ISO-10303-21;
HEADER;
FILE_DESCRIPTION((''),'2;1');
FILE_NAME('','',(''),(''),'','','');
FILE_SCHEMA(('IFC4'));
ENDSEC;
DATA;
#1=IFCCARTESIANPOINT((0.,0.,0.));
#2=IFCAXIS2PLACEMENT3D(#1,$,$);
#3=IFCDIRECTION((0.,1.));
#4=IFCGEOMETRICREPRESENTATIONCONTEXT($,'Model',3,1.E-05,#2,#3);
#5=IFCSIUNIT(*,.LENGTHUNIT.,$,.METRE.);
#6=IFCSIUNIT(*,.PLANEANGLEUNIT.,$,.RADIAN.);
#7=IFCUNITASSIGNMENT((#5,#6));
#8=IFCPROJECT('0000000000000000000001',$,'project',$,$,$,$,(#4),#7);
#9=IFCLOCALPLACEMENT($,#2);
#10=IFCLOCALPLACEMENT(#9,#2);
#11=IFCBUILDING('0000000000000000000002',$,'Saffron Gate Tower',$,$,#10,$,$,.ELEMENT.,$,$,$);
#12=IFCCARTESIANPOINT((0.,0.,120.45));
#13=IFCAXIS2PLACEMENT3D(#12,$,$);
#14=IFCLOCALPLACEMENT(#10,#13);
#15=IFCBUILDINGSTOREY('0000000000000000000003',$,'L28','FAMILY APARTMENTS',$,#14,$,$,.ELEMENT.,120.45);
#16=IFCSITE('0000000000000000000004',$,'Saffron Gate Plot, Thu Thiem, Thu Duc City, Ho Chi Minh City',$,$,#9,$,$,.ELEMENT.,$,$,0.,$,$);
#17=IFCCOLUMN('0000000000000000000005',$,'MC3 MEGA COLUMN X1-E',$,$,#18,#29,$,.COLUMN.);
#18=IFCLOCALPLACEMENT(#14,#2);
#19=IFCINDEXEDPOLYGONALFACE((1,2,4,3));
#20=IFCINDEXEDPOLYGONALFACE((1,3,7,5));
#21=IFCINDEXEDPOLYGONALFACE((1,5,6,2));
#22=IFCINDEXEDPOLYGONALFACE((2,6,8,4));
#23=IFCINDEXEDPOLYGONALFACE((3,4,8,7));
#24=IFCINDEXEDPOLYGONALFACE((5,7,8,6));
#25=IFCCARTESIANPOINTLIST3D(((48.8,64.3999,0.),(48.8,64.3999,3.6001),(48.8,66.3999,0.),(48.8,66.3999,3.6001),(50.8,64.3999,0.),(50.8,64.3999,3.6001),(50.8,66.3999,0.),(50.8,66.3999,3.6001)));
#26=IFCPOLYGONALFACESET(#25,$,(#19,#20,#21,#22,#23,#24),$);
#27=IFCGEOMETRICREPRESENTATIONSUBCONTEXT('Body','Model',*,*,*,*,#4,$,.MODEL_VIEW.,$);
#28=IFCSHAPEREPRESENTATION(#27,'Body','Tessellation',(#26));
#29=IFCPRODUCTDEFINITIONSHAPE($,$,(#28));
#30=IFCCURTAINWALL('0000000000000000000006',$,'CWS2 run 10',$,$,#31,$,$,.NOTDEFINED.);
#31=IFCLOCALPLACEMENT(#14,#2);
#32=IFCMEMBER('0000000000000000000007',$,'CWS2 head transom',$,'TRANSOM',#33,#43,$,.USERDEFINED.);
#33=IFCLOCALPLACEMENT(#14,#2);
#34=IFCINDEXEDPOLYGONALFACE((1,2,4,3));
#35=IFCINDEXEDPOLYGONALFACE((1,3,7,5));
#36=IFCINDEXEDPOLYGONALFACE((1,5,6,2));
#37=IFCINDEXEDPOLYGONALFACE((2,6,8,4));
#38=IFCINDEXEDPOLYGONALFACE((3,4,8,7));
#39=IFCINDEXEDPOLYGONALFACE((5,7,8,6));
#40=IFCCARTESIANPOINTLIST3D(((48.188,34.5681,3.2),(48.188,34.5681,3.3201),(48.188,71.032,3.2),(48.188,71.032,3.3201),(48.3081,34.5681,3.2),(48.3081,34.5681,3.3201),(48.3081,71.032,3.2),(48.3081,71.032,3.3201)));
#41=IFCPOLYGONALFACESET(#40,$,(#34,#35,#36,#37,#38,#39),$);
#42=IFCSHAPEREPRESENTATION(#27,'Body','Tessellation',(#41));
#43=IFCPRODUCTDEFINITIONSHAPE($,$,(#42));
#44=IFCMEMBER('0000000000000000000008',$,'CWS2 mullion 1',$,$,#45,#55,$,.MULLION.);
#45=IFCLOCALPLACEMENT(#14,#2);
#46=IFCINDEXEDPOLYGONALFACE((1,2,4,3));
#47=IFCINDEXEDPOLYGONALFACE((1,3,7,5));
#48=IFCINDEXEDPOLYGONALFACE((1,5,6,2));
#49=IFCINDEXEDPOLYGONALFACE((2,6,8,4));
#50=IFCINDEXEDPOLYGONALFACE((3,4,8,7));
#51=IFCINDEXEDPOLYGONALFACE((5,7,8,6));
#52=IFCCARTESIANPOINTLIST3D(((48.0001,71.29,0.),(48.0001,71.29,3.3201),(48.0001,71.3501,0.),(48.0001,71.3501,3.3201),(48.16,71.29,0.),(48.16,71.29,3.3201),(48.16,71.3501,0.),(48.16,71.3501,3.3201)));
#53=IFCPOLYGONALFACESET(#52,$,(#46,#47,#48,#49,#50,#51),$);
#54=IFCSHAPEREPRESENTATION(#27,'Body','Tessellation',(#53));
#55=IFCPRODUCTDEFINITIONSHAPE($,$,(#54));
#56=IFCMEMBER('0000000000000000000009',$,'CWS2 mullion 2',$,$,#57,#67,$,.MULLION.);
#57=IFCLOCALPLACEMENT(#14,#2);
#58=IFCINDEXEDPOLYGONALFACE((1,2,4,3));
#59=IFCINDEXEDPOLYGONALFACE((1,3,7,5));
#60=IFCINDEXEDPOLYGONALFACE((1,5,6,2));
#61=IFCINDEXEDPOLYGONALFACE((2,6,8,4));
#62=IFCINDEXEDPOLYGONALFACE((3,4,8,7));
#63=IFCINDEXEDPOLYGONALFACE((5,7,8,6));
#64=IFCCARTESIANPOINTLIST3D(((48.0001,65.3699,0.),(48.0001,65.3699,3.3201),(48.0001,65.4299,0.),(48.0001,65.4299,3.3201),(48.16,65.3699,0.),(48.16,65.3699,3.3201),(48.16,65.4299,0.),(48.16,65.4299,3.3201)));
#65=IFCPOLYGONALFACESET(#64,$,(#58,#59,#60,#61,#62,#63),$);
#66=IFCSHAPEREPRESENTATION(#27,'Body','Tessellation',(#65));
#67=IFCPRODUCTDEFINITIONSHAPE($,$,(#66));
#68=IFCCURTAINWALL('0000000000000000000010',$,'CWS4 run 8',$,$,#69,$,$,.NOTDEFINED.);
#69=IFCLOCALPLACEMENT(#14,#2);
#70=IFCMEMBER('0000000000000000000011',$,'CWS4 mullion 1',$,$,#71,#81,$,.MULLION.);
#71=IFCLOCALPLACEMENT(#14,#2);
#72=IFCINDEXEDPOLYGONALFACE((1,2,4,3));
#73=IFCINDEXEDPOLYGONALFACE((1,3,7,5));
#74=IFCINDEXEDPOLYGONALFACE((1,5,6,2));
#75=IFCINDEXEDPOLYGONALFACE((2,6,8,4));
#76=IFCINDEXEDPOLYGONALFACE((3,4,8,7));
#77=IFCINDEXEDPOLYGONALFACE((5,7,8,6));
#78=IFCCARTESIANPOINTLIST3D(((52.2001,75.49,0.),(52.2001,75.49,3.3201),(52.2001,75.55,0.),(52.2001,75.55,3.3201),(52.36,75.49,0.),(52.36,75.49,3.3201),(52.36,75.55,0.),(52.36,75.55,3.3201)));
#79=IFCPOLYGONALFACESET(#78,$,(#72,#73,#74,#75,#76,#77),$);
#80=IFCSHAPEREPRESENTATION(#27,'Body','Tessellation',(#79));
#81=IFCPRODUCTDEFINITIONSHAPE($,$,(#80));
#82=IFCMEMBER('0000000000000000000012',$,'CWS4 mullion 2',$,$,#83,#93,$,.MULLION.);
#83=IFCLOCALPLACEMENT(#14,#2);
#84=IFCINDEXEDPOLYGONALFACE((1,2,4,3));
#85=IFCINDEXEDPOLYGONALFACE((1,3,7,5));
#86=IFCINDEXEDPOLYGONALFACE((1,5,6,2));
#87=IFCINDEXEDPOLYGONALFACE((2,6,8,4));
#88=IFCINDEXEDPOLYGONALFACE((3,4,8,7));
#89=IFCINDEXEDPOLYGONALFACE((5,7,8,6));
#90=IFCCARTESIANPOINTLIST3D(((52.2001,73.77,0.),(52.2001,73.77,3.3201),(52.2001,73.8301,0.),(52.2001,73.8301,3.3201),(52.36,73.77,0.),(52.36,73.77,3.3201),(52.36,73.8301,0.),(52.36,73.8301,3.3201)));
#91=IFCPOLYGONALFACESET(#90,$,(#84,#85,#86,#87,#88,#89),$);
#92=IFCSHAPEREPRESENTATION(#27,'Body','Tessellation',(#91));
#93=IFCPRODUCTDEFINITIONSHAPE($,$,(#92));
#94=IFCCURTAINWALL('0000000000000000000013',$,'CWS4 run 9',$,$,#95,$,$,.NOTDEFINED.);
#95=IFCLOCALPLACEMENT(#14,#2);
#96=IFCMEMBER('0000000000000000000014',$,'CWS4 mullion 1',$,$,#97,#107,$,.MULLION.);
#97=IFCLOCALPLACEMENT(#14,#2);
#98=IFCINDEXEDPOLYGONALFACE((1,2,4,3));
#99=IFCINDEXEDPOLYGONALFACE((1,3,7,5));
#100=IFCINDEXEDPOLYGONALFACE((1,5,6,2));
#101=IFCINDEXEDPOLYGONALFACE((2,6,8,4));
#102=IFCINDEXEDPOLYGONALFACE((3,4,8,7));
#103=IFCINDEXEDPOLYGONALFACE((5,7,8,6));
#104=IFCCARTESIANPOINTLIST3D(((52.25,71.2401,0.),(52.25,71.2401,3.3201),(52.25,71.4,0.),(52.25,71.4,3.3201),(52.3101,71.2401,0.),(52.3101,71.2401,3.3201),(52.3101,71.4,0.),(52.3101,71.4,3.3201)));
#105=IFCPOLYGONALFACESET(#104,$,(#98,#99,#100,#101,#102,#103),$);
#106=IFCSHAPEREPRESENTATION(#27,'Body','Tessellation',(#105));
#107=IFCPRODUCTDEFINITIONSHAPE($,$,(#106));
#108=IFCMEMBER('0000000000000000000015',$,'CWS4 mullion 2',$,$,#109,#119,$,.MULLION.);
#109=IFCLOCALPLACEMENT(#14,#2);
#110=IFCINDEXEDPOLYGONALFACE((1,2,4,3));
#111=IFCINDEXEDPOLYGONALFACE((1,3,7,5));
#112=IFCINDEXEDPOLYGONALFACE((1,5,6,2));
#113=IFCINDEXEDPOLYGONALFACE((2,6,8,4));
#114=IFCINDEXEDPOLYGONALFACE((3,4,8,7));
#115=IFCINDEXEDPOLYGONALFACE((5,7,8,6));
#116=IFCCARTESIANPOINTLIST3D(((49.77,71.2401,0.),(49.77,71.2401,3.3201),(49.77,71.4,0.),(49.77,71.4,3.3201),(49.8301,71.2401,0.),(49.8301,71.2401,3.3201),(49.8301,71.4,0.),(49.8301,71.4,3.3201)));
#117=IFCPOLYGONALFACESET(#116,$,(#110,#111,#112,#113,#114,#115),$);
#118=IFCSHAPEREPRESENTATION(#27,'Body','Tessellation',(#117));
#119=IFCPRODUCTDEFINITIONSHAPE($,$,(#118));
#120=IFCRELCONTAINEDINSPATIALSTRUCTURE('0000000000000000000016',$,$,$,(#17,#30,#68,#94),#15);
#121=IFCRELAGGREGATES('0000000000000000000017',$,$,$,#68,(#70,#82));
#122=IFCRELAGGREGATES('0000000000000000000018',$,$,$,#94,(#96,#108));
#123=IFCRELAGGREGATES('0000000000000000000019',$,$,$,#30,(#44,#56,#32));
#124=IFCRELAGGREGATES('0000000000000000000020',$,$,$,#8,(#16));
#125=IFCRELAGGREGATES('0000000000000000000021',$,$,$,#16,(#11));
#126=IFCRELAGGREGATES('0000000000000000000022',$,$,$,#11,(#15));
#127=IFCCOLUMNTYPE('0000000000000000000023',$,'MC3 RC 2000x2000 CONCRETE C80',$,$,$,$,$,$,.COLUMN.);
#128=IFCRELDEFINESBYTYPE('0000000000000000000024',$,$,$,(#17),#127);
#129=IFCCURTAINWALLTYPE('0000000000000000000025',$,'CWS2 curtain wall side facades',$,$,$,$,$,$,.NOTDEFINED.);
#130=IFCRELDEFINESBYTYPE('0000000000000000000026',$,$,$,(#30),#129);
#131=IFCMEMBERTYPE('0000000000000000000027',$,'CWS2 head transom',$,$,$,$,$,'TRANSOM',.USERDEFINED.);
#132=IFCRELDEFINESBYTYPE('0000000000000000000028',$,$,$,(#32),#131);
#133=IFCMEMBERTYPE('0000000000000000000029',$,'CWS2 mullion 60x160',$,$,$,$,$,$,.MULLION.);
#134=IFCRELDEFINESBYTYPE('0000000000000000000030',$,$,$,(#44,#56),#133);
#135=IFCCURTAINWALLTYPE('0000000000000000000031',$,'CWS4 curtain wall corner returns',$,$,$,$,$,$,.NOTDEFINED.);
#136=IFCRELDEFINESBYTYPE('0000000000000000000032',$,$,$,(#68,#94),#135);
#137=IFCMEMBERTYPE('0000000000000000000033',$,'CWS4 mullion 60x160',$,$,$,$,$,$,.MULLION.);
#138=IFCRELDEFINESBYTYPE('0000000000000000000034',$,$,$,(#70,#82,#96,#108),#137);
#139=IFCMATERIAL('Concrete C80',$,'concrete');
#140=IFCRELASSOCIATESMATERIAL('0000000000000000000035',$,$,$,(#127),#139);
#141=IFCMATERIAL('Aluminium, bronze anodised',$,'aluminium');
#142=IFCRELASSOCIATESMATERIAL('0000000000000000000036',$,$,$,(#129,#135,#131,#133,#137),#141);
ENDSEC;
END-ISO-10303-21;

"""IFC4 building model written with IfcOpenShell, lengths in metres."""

from ifc_helpers import new_model, si_unit, direction, frame, origin, origin_2d, place, context, subcontext, project, spatial, rectangle, extrude, material, material_profile, profile_set, type_object, element, aggregate, save


model = new_model("IFC4")

# Units and contexts
model_context = context("Model", 3, precision=1e-05, world=origin(), true_north=direction((0.0, 1.0)))
body_context = subcontext(model_context, "Body", "Model", "MODEL_VIEW")
ifc_project = project(units=[si_unit("LENGTHUNIT", "METRE"), si_unit("PLANEANGLEUNIT", "RADIAN")], contexts=[model_context])

# Site, building, storey
site_placement = place(None, origin())
site = spatial("IfcSite", under=ifc_project, at=site_placement, Name="Saffron Gate Plot, Thu Thiem, Thu Duc City, Ho Chi Minh City", CompositionType="ELEMENT", RefElevation=0.0)
building_placement = place(site_placement, origin())
building = spatial("IfcBuilding", under=site, at=building_placement, Name="Saffron Gate Tower", CompositionType="ELEMENT")
storey_placement = place(building_placement, frame((0.0, 0.0, 120.45)))
storey = spatial("IfcBuildingStorey", under=building, at=storey_placement, Name="L28", Description="FAMILY APARTMENTS", CompositionType="ELEMENT", Elevation=120.45)

# Column
ifc_material_1 = material(Name="Concrete C80", Category="concrete")
ifc_material_profile_1 = material_profile(ifc_material_1, rectangle(XDim=2.0, YDim=2.0, at=origin_2d()))
ifc_profile_set_1 = profile_set([ifc_material_profile_1], Name="Concrete C80")
column_type = type_object("IfcColumnType", Name="MC3 RC 2000x2000 CONCRETE C80", PredefinedType="COLUMN", material=ifc_profile_set_1)
column_placement = place(storey_placement, frame((49.8, 65.3999, 0.0), z_axis=(0.0, 0.0, 1.0), x_axis=(1.0, 0.0, 0.0)))
element("IfcColumn", 1, at=column_placement, inside=storey, type_object=column_type, Name="MC3 MEGA COLUMN X1-E", PredefinedType="COLUMN", context=body_context, shape_type="SweptSolid", body=[
    extrude(rectangle(XDim=2.0, YDim=2.0, at=origin_2d()), origin(), (0.0, 0.0, 1.0), 3.6001),
])

# Curtain walls, members
ifc_material_2 = material(Name="Aluminium, bronze anodised", Category="aluminium")
curtain_wall_type_1 = type_object("IfcCurtainWallType", Name="CWS2 curtain wall side facades", PredefinedType="NOTDEFINED", material=ifc_material_2)
curtain_wall_1_placement = place(storey_placement, origin())
curtain_wall_1 = element("IfcCurtainWall", 2, at=curtain_wall_1_placement, inside=storey, type_object=curtain_wall_type_1, Name="CWS2 run 10", PredefinedType="NOTDEFINED")
ifc_material_profile_2 = material_profile(ifc_material_2, rectangle(XDim=0.1201, YDim=0.1201, at=origin_2d()))
ifc_profile_set_2 = profile_set([ifc_material_profile_2], Name="Aluminium, bronze anodised")
member_type_1 = type_object("IfcMemberType", Name="CWS2 head transom", ElementType="TRANSOM", PredefinedType="USERDEFINED", material=ifc_profile_set_2)
member_1_placement = place(storey_placement, frame((48.248, 71.032, 3.26), z_axis=(0.0, -1.0, 0.0), x_axis=(1.0, 0.0, 0.0)))
member_1 = element("IfcMember", 3, at=member_1_placement, type_object=member_type_1, Name="CWS2 head transom", ObjectType="TRANSOM", PredefinedType="USERDEFINED", context=body_context, shape_type="SweptSolid", body=[
    extrude(rectangle(XDim=0.1201, YDim=0.1201, at=origin_2d()), origin(), (0.0, 0.0, 1.0), 36.4639),
])
ifc_material_profile_3 = material_profile(ifc_material_2, rectangle(XDim=0.1599, YDim=0.0601, at=origin_2d()))
ifc_profile_set_3 = profile_set([ifc_material_profile_3], Name="Aluminium, bronze anodised")
member_type_2 = type_object("IfcMemberType", Name="CWS2 mullion 60x160", PredefinedType="MULLION", material=ifc_profile_set_3)
member_2_placement = place(storey_placement, frame((48.0801, 71.3201, 0.0), z_axis=(0.0, 0.0, 1.0), x_axis=(1.0, 0.0, 0.0)))
member_2 = element("IfcMember", 4, at=member_2_placement, type_object=member_type_2, Name="CWS2 mullion 1", PredefinedType="MULLION", context=body_context, shape_type="SweptSolid", body=[
    extrude(rectangle(XDim=0.1599, YDim=0.0601, at=origin_2d()), origin(), (0.0, 0.0, 1.0), 3.3201),
])
member_3_placement = place(storey_placement, frame((48.0801, 65.3999, 0.0), z_axis=(0.0, 0.0, 1.0), x_axis=(1.0, 0.0, 0.0)))
member_3 = element("IfcMember", 5, at=member_3_placement, type_object=member_type_2, Name="CWS2 mullion 2", PredefinedType="MULLION", context=body_context, shape_type="SweptSolid", body=[
    extrude(rectangle(XDim=0.1599, YDim=0.0601, at=origin_2d()), origin(), (0.0, 0.0, 1.0), 3.3201),
])
curtain_wall_type_2 = type_object("IfcCurtainWallType", Name="CWS4 curtain wall corner returns", PredefinedType="NOTDEFINED", material=ifc_material_2)
curtain_wall_2_placement = place(storey_placement, origin())
curtain_wall_2 = element("IfcCurtainWall", 6, at=curtain_wall_2_placement, inside=storey, type_object=curtain_wall_type_2, Name="CWS4 run 8", PredefinedType="NOTDEFINED")
ifc_material_profile_4 = material_profile(ifc_material_2, rectangle(XDim=0.1599, YDim=0.0601, at=origin_2d()))
ifc_profile_set_4 = profile_set([ifc_material_profile_4], Name="Aluminium, bronze anodised")
member_type_3 = type_object("IfcMemberType", Name="CWS4 mullion 60x160", PredefinedType="MULLION", material=ifc_profile_set_4)
member_4_placement = place(storey_placement, frame((52.28, 75.52, 0.0), z_axis=(0.0, 0.0, 1.0), x_axis=(1.0, 0.0, 0.0)))
member_4 = element("IfcMember", 7, at=member_4_placement, type_object=member_type_3, Name="CWS4 mullion 1", PredefinedType="MULLION", context=body_context, shape_type="SweptSolid", body=[
    extrude(rectangle(XDim=0.1599, YDim=0.0601, at=origin_2d()), origin(), (0.0, 0.0, 1.0), 3.3201),
])
member_5_placement = place(storey_placement, frame((52.28, 73.8, 0.0), z_axis=(0.0, 0.0, 1.0), x_axis=(1.0, 0.0, 0.0)))
member_5 = element("IfcMember", 8, at=member_5_placement, type_object=member_type_3, Name="CWS4 mullion 2", PredefinedType="MULLION", context=body_context, shape_type="SweptSolid", body=[
    extrude(rectangle(XDim=0.1599, YDim=0.0601, at=origin_2d()), origin(), (0.0, 0.0, 1.0), 3.3201),
])
aggregate(curtain_wall_2, [member_4, member_5])
curtain_wall_3_placement = place(storey_placement, origin())
curtain_wall_3 = element("IfcCurtainWall", 9, at=curtain_wall_3_placement, inside=storey, type_object=curtain_wall_type_2, Name="CWS4 run 9", PredefinedType="NOTDEFINED")
member_6_placement = place(storey_placement, frame((52.28, 71.3201, 0.0), z_axis=(0.0, 0.0, 1.0), x_axis=(0.0, -1.0, 0.0)))
member_6 = element("IfcMember", 10, at=member_6_placement, type_object=member_type_3, Name="CWS4 mullion 1", PredefinedType="MULLION", context=body_context, shape_type="SweptSolid", body=[
    extrude(rectangle(XDim=0.1599, YDim=0.0601, at=origin_2d()), origin(), (0.0, 0.0, 1.0), 3.3201),
])
member_7_placement = place(storey_placement, frame((49.8, 71.3201, 0.0), z_axis=(0.0, 0.0, 1.0), x_axis=(0.0, -1.0, 0.0)))
member_7 = element("IfcMember", 11, at=member_7_placement, type_object=member_type_3, Name="CWS4 mullion 2", PredefinedType="MULLION", context=body_context, shape_type="SweptSolid", body=[
    extrude(rectangle(XDim=0.1599, YDim=0.0601, at=origin_2d()), origin(), (0.0, 0.0, 1.0), 3.3201),
])
aggregate(curtain_wall_3, [member_6, member_7])

aggregate(curtain_wall_1, [member_2, member_3, member_1])

save(model, "model.ifc")
